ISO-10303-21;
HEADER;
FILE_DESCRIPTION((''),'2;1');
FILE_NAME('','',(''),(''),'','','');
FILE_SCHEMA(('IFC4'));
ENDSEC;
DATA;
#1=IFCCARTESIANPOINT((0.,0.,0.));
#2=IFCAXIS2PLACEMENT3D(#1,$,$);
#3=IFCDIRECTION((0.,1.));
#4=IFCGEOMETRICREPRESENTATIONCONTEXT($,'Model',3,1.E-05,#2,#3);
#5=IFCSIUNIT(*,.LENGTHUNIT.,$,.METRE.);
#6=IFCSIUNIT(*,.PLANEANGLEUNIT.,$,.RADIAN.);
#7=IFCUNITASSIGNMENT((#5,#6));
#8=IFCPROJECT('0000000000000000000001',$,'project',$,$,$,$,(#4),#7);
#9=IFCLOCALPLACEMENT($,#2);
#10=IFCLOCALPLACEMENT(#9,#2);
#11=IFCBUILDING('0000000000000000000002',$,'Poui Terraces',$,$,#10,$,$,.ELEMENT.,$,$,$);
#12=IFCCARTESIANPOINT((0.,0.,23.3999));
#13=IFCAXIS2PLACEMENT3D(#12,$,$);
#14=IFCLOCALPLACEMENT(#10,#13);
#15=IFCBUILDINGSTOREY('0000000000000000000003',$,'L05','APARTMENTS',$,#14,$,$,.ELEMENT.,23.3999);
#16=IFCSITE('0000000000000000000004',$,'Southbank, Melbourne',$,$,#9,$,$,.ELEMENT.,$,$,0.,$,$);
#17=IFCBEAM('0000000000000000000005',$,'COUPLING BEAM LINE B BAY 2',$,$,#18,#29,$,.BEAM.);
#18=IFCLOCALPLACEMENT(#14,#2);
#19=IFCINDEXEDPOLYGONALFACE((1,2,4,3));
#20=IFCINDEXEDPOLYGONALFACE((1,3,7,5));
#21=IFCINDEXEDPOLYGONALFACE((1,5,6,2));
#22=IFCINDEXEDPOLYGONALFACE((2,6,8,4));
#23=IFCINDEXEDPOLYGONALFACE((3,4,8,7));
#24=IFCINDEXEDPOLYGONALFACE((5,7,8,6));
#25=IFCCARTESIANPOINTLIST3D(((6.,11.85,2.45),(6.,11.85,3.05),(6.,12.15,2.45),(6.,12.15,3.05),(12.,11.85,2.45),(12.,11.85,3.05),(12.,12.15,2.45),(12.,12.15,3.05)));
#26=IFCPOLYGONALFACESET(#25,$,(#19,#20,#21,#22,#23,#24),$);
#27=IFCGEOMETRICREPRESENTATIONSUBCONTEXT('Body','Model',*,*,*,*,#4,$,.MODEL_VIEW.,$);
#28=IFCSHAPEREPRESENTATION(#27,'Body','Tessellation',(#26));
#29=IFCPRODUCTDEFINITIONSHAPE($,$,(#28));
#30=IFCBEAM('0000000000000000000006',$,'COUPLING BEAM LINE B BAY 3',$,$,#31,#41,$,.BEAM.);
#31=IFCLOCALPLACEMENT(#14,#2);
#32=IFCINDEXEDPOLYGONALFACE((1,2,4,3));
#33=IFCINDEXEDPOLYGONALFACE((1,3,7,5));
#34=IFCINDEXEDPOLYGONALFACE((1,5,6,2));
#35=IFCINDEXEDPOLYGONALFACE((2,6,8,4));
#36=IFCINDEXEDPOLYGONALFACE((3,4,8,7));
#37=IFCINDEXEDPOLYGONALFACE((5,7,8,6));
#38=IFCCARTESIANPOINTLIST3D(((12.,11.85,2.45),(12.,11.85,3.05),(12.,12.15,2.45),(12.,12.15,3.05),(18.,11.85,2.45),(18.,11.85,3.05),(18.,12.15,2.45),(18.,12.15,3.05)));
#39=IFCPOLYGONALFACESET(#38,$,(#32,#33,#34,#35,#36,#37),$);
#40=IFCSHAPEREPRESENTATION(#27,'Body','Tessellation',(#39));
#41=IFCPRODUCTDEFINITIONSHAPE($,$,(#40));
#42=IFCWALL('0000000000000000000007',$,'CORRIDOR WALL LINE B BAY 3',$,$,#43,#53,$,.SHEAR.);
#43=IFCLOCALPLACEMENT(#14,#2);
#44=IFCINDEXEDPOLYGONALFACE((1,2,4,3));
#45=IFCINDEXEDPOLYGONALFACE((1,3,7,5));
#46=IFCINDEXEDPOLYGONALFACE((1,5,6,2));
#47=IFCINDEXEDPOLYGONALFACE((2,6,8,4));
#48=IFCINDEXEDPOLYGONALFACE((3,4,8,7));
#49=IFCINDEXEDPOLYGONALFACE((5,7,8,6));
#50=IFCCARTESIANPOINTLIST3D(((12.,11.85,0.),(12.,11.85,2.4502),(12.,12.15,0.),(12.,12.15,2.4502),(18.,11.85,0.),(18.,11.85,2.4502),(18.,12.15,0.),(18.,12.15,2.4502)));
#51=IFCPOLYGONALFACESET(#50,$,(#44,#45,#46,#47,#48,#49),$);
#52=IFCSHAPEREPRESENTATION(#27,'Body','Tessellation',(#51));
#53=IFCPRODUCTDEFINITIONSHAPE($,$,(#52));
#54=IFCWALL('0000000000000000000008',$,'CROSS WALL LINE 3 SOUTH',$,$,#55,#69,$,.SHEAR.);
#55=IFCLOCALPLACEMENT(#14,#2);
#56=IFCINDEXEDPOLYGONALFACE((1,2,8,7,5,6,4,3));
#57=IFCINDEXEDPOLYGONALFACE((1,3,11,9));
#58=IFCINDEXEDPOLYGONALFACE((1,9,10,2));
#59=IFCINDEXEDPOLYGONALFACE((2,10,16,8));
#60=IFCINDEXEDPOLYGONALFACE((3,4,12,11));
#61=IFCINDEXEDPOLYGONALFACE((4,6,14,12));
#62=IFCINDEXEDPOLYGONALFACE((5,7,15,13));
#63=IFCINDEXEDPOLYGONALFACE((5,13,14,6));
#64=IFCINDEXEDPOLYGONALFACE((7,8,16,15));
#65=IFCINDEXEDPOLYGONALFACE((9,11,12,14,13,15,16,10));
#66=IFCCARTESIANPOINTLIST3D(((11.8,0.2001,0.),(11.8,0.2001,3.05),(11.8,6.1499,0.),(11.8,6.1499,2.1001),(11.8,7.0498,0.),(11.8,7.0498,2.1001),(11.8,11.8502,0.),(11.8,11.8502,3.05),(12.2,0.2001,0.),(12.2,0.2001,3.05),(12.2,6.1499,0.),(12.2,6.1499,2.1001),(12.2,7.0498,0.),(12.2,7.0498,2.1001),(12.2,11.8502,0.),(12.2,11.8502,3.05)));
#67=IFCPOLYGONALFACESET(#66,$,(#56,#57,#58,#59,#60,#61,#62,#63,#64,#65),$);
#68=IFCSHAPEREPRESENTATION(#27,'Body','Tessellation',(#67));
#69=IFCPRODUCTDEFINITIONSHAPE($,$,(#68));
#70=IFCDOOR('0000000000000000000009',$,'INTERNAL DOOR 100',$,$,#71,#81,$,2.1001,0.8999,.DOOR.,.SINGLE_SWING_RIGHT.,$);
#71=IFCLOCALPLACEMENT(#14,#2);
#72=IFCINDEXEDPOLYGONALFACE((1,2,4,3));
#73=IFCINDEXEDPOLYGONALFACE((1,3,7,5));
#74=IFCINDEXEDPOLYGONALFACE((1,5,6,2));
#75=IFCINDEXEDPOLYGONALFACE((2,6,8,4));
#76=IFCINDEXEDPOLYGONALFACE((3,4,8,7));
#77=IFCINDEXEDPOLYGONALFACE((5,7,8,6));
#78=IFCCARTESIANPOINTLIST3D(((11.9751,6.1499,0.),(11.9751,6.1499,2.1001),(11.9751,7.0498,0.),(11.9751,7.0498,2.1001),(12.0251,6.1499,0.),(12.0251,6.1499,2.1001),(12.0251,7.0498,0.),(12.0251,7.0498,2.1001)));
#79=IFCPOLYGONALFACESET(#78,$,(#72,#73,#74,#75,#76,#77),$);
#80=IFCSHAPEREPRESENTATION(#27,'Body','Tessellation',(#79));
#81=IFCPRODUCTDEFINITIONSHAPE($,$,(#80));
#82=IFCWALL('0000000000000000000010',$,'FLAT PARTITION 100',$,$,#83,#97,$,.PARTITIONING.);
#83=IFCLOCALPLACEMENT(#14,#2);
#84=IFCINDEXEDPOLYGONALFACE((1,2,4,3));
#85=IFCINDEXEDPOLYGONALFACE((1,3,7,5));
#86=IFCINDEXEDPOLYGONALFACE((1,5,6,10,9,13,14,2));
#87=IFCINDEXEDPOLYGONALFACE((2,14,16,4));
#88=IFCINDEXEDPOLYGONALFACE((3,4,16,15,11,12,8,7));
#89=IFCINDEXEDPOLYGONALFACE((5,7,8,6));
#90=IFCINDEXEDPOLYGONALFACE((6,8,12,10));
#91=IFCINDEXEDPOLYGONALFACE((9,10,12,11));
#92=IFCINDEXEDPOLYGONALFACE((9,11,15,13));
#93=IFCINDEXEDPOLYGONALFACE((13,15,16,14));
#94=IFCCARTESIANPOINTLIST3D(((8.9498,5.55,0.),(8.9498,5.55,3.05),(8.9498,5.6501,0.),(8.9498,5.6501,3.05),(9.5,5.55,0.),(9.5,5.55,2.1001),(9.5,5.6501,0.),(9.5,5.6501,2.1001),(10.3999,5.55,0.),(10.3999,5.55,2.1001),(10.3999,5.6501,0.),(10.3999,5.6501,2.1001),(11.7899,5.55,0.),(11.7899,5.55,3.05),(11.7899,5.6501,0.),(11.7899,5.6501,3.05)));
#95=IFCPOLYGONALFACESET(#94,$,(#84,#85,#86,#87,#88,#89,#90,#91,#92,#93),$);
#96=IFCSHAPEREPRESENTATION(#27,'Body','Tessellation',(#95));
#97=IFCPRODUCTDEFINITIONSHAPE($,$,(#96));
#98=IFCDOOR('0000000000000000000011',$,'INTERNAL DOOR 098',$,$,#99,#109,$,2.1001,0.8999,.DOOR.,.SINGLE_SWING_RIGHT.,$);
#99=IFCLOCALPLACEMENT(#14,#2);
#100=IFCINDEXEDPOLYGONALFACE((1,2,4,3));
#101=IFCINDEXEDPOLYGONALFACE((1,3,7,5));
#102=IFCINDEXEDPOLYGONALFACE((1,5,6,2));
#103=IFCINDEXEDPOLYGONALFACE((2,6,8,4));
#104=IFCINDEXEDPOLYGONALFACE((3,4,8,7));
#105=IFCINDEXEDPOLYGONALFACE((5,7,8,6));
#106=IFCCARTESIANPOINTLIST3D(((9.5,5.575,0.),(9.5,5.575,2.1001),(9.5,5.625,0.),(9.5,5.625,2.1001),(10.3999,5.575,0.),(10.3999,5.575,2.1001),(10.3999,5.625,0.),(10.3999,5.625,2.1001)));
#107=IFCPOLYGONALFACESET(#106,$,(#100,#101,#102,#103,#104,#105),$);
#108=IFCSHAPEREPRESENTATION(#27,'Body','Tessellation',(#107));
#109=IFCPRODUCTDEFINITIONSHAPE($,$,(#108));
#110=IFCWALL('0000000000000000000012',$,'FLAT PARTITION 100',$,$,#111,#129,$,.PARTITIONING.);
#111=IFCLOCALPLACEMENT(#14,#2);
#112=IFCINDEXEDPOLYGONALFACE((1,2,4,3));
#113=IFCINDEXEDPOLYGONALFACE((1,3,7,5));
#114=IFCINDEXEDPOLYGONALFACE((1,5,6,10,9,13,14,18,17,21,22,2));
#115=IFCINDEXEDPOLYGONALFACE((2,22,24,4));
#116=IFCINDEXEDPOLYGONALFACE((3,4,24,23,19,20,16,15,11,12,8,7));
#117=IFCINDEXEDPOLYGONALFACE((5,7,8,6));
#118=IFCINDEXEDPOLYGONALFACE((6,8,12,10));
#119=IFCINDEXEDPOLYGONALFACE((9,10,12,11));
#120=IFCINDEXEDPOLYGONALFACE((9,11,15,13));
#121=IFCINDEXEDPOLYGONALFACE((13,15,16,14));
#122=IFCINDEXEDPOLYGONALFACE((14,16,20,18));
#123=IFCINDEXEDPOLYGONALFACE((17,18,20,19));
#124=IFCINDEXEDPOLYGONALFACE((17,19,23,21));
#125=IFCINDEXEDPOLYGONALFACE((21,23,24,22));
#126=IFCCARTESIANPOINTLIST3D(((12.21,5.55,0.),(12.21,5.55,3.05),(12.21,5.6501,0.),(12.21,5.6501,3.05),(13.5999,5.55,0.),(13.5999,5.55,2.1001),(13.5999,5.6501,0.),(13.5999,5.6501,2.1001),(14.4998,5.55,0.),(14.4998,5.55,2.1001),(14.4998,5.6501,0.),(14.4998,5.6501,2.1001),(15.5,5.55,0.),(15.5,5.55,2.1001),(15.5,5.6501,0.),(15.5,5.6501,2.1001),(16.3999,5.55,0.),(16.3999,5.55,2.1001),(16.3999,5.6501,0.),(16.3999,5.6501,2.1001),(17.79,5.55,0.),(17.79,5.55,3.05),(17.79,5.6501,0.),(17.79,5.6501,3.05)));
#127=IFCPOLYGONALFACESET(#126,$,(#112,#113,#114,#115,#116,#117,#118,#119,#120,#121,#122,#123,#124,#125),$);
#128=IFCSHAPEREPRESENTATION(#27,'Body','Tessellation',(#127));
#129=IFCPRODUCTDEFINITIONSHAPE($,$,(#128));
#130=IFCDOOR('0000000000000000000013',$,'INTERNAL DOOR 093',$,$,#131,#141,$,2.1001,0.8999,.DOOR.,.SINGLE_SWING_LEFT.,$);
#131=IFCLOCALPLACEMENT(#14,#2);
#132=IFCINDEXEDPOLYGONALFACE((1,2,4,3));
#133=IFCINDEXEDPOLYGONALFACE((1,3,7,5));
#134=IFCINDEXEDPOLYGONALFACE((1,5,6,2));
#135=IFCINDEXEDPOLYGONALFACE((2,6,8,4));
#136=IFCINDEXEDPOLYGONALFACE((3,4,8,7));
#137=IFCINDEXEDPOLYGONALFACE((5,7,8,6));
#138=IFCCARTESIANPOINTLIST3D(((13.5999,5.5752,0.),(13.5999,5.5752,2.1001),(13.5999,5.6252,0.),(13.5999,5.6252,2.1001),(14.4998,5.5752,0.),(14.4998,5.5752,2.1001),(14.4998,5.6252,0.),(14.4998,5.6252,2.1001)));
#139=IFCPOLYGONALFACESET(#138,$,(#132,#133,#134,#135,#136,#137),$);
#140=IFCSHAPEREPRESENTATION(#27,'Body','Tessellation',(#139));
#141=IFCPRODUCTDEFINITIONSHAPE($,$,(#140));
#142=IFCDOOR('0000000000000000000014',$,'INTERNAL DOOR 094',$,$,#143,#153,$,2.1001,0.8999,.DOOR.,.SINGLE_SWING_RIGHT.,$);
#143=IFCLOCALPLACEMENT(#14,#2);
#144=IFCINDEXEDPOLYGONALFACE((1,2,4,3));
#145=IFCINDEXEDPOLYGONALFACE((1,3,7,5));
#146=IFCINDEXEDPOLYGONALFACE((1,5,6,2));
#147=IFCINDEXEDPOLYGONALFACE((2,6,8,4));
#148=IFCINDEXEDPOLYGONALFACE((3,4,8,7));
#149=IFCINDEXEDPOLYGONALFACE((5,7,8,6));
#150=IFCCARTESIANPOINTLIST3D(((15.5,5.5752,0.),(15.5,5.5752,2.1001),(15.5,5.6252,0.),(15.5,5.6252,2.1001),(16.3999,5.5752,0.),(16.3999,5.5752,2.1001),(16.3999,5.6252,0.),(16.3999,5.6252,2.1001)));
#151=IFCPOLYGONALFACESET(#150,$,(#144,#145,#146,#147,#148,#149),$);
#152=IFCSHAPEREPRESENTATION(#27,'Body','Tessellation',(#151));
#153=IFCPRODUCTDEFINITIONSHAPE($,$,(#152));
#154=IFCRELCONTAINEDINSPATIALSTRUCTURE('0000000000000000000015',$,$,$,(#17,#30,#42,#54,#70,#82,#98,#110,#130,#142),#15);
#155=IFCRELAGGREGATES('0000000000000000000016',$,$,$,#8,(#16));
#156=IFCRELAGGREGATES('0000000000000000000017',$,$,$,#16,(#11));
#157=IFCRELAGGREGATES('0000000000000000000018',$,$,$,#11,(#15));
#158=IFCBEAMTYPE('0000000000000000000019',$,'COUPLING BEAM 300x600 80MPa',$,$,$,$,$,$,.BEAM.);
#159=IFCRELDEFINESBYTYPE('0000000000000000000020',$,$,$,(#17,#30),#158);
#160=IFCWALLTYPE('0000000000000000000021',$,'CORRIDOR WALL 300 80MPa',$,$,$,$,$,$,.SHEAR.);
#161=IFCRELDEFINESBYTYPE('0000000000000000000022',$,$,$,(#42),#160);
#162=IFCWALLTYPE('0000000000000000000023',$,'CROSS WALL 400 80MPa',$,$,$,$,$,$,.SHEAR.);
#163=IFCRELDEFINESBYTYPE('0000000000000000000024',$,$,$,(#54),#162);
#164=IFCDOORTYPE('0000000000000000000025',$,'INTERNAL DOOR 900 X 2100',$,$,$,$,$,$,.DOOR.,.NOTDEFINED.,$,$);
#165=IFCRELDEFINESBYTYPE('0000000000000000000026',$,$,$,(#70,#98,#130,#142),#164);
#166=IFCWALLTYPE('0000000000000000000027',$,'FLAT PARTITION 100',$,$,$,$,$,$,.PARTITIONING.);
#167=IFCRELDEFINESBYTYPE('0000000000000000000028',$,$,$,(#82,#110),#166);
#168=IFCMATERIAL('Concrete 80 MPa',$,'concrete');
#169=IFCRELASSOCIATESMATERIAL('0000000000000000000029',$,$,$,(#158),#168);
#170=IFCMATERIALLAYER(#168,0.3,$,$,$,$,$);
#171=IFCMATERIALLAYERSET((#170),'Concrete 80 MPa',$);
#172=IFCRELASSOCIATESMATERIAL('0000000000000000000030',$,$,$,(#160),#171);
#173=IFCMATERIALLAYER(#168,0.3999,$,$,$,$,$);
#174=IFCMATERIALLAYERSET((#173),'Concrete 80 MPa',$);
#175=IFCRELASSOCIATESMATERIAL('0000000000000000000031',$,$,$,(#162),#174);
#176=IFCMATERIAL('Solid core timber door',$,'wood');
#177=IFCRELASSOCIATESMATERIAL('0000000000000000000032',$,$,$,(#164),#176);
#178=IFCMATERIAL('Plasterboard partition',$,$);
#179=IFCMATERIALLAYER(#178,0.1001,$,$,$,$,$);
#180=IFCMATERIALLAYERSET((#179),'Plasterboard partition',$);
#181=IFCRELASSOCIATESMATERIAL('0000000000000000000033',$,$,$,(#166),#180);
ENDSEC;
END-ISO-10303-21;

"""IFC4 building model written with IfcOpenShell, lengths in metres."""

from ifc_helpers import new_model, si_unit, direction, frame, frame_2d, origin, origin_2d, place, context, subcontext, project, spatial, rectangle, extrude, source, transform, mapped, material, layer, layer_set, material_profile, profile_set, type_object, element, fill, save


model = new_model("IFC4")

# Units and contexts
model_context = context("Model", 3, precision=1e-05, world=origin(), true_north=direction((0.0, 1.0)))
body_context = subcontext(model_context, "Body", "Model", "MODEL_VIEW")
ifc_project = project(units=[si_unit("LENGTHUNIT", "METRE"), si_unit("PLANEANGLEUNIT", "RADIAN")], contexts=[model_context])

# Site, building, storey
site_placement = place(None, origin())
site = spatial("IfcSite", under=ifc_project, at=site_placement, Name="Southbank, Melbourne", CompositionType="ELEMENT", RefElevation=0.0)
building_placement = place(site_placement, origin())
building = spatial("IfcBuilding", under=site, at=building_placement, Name="Poui Terraces", CompositionType="ELEMENT")
storey_placement = place(building_placement, frame((0.0, 0.0, 23.3999)))
storey = spatial("IfcBuildingStorey", under=building, at=storey_placement, Name="L05", Description="APARTMENTS", CompositionType="ELEMENT", Elevation=23.3999)

# Beams
ifc_material_1 = material(Name="Concrete 80 MPa", Category="concrete")
ifc_material_profile = material_profile(ifc_material_1, rectangle(XDim=0.3, YDim=0.6001, at=origin_2d()), Name="RC 300x600")
ifc_profile_set = profile_set([ifc_material_profile], Name="Concrete 80 MPa")
beam_type = type_object("IfcBeamType", Name="COUPLING BEAM 300x600 80MPa", PredefinedType="BEAM", material=ifc_profile_set)
shared_shape = source(origin(), body_context, "Body", "SweptSolid", [
    extrude(rectangle(XDim=0.3, YDim=0.6001, at=origin_2d()), origin(), (0.0, 0.0, 1.0), 6.0),
])
for number, where, z_axis, x_axis, name in (
    (1, (6.0, 12.0, 2.75), (1.0, 0.0, 0.0), (0.0, 1.0, 0.0), "COUPLING BEAM LINE B BAY 2"),
    (2, (12.0, 12.0, 2.75), (1.0, 0.0, 0.0), (0.0, 1.0, 0.0), "COUPLING BEAM LINE B BAY 3"),
):
    element("IfcBeam", number, at=place(storey_placement, frame(where, z_axis=z_axis, x_axis=x_axis)), inside=storey, type_object=beam_type, Name=name, PredefinedType="BEAM", context=body_context, shape_type="MappedRepresentation", body=[
        mapped(shared_shape, transform((0.0, 0.0, 0.0))),
    ])

# Wall
ifc_layer_1 = layer(ifc_material_1, 0.3)
ifc_layer_set_1 = layer_set([ifc_layer_1], Name="Concrete 80 MPa")
wall_type_1 = type_object("IfcWallType", Name="CORRIDOR WALL 300 80MPa", PredefinedType="SHEAR", material=ifc_layer_set_1)
wall_1_placement = place(storey_placement, frame((12.0, 12.0, 0.0), z_axis=(0.0, 0.0, 1.0), x_axis=(1.0, 0.0, 0.0)))
element("IfcWall", 3, at=wall_1_placement, inside=storey, type_object=wall_type_1, Name="CORRIDOR WALL LINE B BAY 3", PredefinedType="SHEAR", context=body_context, shape_type="SweptSolid", body=[
    extrude(rectangle(XDim=6.0, YDim=0.3, at=frame_2d((3.0, 0.0))), origin(), (0.0, 0.0, 1.0), 2.4502),
])

# Walls, openings, doors
ifc_layer_2 = layer(ifc_material_1, 0.3999)
ifc_layer_set_2 = layer_set([ifc_layer_2], Name="Concrete 80 MPa")
wall_type_2 = type_object("IfcWallType", Name="CROSS WALL 400 80MPa", PredefinedType="SHEAR", material=ifc_layer_set_2)
wall_2_placement = place(storey_placement, frame((12.0, 0.2, 0.0), z_axis=(0.0, 0.0, 1.0), x_axis=(0.0, 1.0, 0.0)))
wall_2 = element("IfcWall", 4, at=wall_2_placement, inside=storey, type_object=wall_type_2, Name="CROSS WALL LINE 3 SOUTH", PredefinedType="SHEAR", context=body_context, shape_type="SweptSolid", body=[
    extrude(rectangle(XDim=11.6501, YDim=0.3999, at=frame_2d((5.8252, 0.0))), origin(), (0.0, 0.0, 1.0), 3.05),
])
opening_1_placement = place(wall_2_placement, frame((5.95, 0.0, 0.0)))
opening_1 = element("IfcOpeningElement", 5, at=opening_1_placement, cuts=wall_2, PredefinedType="OPENING", context=body_context, shape_type="SweptSolid", body=[
    extrude(rectangle(XDim=0.8999, YDim=2.1001, at=frame_2d((0.45, 1.05))), frame((0.0, 0.21, 0.0), z_axis=(0.0, -1.0, 0.0), x_axis=(1.0, 0.0, 0.0)), (0.0, 0.0, 1.0), 0.4199),
])
ifc_material_2 = material(Name="Solid core timber door", Category="wood")
door_type_1 = type_object("IfcDoorType", Name="INTERNAL DOOR 900 X 2100", OperationType="NOTDEFINED", PredefinedType="DOOR", material=ifc_material_2)
door_1_placement = place(opening_1_placement, origin())
door_1 = element("IfcDoor", 6, at=door_1_placement, inside=storey, type_object=door_type_1, Name="INTERNAL DOOR 100", OperationType="SINGLE_SWING_RIGHT", OverallHeight=2.1001, OverallWidth=0.8999, PredefinedType="DOOR", context=body_context, shape_type="SweptSolid", body=[
    extrude(rectangle(XDim=0.8999, YDim=2.1001, at=frame_2d((0.45, 1.05))), frame((0.0, 0.0249, 0.0), z_axis=(0.0, -1.0, 0.0), x_axis=(1.0, 0.0, 0.0)), (0.0, 0.0, 1.0), 0.05),
])
fill(opening_1, door_1)
ifc_material_3 = material(Name="Plasterboard partition")
ifc_layer_3 = layer(ifc_material_3, 0.1001)
ifc_layer_set_3 = layer_set([ifc_layer_3], Name="Plasterboard partition")
wall_type_3 = type_object("IfcWallType", Name="FLAT PARTITION 100", PredefinedType="PARTITIONING", material=ifc_layer_set_3)
wall_3_placement = place(storey_placement, frame((8.95, 5.6001, 0.0), z_axis=(0.0, 0.0, 1.0), x_axis=(1.0, 0.0, 0.0)))
wall_3 = element("IfcWall", 7, at=wall_3_placement, inside=storey, type_object=wall_type_3, Name="FLAT PARTITION 100", PredefinedType="PARTITIONING", context=body_context, shape_type="SweptSolid", body=[
    extrude(rectangle(XDim=2.8401, YDim=0.1001, at=frame_2d((1.4199, 0.0))), origin(), (0.0, 0.0, 1.0), 3.05),
])
opening_2_placement = place(wall_3_placement, frame((0.55, 0.0, 0.0)))
opening_2 = element("IfcOpeningElement", 8, at=opening_2_placement, cuts=wall_3, PredefinedType="OPENING", context=body_context, shape_type="SweptSolid", body=[
    extrude(rectangle(XDim=0.8999, YDim=2.1001, at=frame_2d((0.45, 1.05))), frame((0.0, 0.0601, 0.0), z_axis=(0.0, -1.0, 0.0), x_axis=(1.0, 0.0, 0.0)), (0.0, 0.0, 1.0), 0.1201),
])
door_2_placement = place(opening_2_placement, origin())
door_2 = element("IfcDoor", 9, at=door_2_placement, inside=storey, type_object=door_type_1, Name="INTERNAL DOOR 098", OperationType="SINGLE_SWING_RIGHT", OverallHeight=2.1001, OverallWidth=0.8999, PredefinedType="DOOR", context=body_context, shape_type="SweptSolid", body=[
    extrude(rectangle(XDim=0.8999, YDim=2.1001, at=frame_2d((0.45, 1.05))), frame((0.0, 0.0249, 0.0), z_axis=(0.0, -1.0, 0.0), x_axis=(1.0, 0.0, 0.0)), (0.0, 0.0, 1.0), 0.05),
])
fill(opening_2, door_2)

# Wall, openings, doors
wall_4_placement = place(storey_placement, frame((12.21, 5.6001, 0.0), z_axis=(0.0, 0.0, 1.0), x_axis=(1.0, 0.0, 0.0)))
wall_4 = element("IfcWall", 10, at=wall_4_placement, inside=storey, type_object=wall_type_3, Name="FLAT PARTITION 100", PredefinedType="PARTITIONING", context=body_context, shape_type="SweptSolid", body=[
    extrude(rectangle(XDim=5.5801, YDim=0.1001, at=frame_2d((2.79, 0.0))), origin(), (0.0, 0.0, 1.0), 3.05),
])
opening_3_placement = place(wall_4_placement, frame((1.3899, 0.0, 0.0)))
opening_3 = element("IfcOpeningElement", 11, at=opening_3_placement, cuts=wall_4, PredefinedType="OPENING", context=body_context, shape_type="SweptSolid", body=[
    extrude(rectangle(XDim=0.8999, YDim=2.1001, at=frame_2d((0.45, 1.05))), frame((0.0, 0.0601, 0.0), z_axis=(0.0, -1.0, 0.0), x_axis=(1.0, 0.0, 0.0)), (0.0, 0.0, 1.0), 0.1201),
])
opening_4_placement = place(wall_4_placement, frame((3.29, 0.0, 0.0)))
opening_4 = element("IfcOpeningElement", 12, at=opening_4_placement, cuts=wall_4, PredefinedType="OPENING", context=body_context, shape_type="SweptSolid", body=[
    extrude(rectangle(XDim=0.8999, YDim=2.1001, at=frame_2d((0.45, 1.05))), frame((0.0, 0.0601, 0.0), z_axis=(0.0, -1.0, 0.0), x_axis=(1.0, 0.0, 0.0)), (0.0, 0.0, 1.0), 0.1201),
])
door_3_placement = place(opening_3_placement, frame((0.8999, 0.0, 0.0), z_axis=(0.0, 0.0, 1.0), x_axis=(-1.0, 0.0, 0.0)))
door_3 = element("IfcDoor", 13, at=door_3_placement, inside=storey, type_object=door_type_1, Name="INTERNAL DOOR 093", OperationType="SINGLE_SWING_LEFT", OverallHeight=2.1001, OverallWidth=0.8999, PredefinedType="DOOR", context=body_context, shape_type="SweptSolid", body=[
    extrude(rectangle(XDim=0.8999, YDim=2.1001, at=frame_2d((0.45, 1.05))), frame((0.0, 0.0249, 0.0), z_axis=(0.0, -1.0, 0.0), x_axis=(1.0, 0.0, 0.0)), (0.0, 0.0, 1.0), 0.05),
])
fill(opening_3, door_3)
door_4_placement = place(opening_4_placement, frame((0.8999, 0.0, 0.0), z_axis=(0.0, 0.0, 1.0), x_axis=(-1.0, 0.0, 0.0)))
door_4 = element("IfcDoor", 14, at=door_4_placement, inside=storey, type_object=door_type_1, Name="INTERNAL DOOR 094", OperationType="SINGLE_SWING_RIGHT", OverallHeight=2.1001, OverallWidth=0.8999, PredefinedType="DOOR", context=body_context, shape_type="SweptSolid", body=[
    extrude(rectangle(XDim=0.8999, YDim=2.1001, at=frame_2d((0.45, 1.05))), frame((0.0, 0.0249, 0.0), z_axis=(0.0, -1.0, 0.0), x_axis=(1.0, 0.0, 0.0)), (0.0, 0.0, 1.0), 0.05),
])
fill(opening_4, door_4)

save(model, "model.ifc")
